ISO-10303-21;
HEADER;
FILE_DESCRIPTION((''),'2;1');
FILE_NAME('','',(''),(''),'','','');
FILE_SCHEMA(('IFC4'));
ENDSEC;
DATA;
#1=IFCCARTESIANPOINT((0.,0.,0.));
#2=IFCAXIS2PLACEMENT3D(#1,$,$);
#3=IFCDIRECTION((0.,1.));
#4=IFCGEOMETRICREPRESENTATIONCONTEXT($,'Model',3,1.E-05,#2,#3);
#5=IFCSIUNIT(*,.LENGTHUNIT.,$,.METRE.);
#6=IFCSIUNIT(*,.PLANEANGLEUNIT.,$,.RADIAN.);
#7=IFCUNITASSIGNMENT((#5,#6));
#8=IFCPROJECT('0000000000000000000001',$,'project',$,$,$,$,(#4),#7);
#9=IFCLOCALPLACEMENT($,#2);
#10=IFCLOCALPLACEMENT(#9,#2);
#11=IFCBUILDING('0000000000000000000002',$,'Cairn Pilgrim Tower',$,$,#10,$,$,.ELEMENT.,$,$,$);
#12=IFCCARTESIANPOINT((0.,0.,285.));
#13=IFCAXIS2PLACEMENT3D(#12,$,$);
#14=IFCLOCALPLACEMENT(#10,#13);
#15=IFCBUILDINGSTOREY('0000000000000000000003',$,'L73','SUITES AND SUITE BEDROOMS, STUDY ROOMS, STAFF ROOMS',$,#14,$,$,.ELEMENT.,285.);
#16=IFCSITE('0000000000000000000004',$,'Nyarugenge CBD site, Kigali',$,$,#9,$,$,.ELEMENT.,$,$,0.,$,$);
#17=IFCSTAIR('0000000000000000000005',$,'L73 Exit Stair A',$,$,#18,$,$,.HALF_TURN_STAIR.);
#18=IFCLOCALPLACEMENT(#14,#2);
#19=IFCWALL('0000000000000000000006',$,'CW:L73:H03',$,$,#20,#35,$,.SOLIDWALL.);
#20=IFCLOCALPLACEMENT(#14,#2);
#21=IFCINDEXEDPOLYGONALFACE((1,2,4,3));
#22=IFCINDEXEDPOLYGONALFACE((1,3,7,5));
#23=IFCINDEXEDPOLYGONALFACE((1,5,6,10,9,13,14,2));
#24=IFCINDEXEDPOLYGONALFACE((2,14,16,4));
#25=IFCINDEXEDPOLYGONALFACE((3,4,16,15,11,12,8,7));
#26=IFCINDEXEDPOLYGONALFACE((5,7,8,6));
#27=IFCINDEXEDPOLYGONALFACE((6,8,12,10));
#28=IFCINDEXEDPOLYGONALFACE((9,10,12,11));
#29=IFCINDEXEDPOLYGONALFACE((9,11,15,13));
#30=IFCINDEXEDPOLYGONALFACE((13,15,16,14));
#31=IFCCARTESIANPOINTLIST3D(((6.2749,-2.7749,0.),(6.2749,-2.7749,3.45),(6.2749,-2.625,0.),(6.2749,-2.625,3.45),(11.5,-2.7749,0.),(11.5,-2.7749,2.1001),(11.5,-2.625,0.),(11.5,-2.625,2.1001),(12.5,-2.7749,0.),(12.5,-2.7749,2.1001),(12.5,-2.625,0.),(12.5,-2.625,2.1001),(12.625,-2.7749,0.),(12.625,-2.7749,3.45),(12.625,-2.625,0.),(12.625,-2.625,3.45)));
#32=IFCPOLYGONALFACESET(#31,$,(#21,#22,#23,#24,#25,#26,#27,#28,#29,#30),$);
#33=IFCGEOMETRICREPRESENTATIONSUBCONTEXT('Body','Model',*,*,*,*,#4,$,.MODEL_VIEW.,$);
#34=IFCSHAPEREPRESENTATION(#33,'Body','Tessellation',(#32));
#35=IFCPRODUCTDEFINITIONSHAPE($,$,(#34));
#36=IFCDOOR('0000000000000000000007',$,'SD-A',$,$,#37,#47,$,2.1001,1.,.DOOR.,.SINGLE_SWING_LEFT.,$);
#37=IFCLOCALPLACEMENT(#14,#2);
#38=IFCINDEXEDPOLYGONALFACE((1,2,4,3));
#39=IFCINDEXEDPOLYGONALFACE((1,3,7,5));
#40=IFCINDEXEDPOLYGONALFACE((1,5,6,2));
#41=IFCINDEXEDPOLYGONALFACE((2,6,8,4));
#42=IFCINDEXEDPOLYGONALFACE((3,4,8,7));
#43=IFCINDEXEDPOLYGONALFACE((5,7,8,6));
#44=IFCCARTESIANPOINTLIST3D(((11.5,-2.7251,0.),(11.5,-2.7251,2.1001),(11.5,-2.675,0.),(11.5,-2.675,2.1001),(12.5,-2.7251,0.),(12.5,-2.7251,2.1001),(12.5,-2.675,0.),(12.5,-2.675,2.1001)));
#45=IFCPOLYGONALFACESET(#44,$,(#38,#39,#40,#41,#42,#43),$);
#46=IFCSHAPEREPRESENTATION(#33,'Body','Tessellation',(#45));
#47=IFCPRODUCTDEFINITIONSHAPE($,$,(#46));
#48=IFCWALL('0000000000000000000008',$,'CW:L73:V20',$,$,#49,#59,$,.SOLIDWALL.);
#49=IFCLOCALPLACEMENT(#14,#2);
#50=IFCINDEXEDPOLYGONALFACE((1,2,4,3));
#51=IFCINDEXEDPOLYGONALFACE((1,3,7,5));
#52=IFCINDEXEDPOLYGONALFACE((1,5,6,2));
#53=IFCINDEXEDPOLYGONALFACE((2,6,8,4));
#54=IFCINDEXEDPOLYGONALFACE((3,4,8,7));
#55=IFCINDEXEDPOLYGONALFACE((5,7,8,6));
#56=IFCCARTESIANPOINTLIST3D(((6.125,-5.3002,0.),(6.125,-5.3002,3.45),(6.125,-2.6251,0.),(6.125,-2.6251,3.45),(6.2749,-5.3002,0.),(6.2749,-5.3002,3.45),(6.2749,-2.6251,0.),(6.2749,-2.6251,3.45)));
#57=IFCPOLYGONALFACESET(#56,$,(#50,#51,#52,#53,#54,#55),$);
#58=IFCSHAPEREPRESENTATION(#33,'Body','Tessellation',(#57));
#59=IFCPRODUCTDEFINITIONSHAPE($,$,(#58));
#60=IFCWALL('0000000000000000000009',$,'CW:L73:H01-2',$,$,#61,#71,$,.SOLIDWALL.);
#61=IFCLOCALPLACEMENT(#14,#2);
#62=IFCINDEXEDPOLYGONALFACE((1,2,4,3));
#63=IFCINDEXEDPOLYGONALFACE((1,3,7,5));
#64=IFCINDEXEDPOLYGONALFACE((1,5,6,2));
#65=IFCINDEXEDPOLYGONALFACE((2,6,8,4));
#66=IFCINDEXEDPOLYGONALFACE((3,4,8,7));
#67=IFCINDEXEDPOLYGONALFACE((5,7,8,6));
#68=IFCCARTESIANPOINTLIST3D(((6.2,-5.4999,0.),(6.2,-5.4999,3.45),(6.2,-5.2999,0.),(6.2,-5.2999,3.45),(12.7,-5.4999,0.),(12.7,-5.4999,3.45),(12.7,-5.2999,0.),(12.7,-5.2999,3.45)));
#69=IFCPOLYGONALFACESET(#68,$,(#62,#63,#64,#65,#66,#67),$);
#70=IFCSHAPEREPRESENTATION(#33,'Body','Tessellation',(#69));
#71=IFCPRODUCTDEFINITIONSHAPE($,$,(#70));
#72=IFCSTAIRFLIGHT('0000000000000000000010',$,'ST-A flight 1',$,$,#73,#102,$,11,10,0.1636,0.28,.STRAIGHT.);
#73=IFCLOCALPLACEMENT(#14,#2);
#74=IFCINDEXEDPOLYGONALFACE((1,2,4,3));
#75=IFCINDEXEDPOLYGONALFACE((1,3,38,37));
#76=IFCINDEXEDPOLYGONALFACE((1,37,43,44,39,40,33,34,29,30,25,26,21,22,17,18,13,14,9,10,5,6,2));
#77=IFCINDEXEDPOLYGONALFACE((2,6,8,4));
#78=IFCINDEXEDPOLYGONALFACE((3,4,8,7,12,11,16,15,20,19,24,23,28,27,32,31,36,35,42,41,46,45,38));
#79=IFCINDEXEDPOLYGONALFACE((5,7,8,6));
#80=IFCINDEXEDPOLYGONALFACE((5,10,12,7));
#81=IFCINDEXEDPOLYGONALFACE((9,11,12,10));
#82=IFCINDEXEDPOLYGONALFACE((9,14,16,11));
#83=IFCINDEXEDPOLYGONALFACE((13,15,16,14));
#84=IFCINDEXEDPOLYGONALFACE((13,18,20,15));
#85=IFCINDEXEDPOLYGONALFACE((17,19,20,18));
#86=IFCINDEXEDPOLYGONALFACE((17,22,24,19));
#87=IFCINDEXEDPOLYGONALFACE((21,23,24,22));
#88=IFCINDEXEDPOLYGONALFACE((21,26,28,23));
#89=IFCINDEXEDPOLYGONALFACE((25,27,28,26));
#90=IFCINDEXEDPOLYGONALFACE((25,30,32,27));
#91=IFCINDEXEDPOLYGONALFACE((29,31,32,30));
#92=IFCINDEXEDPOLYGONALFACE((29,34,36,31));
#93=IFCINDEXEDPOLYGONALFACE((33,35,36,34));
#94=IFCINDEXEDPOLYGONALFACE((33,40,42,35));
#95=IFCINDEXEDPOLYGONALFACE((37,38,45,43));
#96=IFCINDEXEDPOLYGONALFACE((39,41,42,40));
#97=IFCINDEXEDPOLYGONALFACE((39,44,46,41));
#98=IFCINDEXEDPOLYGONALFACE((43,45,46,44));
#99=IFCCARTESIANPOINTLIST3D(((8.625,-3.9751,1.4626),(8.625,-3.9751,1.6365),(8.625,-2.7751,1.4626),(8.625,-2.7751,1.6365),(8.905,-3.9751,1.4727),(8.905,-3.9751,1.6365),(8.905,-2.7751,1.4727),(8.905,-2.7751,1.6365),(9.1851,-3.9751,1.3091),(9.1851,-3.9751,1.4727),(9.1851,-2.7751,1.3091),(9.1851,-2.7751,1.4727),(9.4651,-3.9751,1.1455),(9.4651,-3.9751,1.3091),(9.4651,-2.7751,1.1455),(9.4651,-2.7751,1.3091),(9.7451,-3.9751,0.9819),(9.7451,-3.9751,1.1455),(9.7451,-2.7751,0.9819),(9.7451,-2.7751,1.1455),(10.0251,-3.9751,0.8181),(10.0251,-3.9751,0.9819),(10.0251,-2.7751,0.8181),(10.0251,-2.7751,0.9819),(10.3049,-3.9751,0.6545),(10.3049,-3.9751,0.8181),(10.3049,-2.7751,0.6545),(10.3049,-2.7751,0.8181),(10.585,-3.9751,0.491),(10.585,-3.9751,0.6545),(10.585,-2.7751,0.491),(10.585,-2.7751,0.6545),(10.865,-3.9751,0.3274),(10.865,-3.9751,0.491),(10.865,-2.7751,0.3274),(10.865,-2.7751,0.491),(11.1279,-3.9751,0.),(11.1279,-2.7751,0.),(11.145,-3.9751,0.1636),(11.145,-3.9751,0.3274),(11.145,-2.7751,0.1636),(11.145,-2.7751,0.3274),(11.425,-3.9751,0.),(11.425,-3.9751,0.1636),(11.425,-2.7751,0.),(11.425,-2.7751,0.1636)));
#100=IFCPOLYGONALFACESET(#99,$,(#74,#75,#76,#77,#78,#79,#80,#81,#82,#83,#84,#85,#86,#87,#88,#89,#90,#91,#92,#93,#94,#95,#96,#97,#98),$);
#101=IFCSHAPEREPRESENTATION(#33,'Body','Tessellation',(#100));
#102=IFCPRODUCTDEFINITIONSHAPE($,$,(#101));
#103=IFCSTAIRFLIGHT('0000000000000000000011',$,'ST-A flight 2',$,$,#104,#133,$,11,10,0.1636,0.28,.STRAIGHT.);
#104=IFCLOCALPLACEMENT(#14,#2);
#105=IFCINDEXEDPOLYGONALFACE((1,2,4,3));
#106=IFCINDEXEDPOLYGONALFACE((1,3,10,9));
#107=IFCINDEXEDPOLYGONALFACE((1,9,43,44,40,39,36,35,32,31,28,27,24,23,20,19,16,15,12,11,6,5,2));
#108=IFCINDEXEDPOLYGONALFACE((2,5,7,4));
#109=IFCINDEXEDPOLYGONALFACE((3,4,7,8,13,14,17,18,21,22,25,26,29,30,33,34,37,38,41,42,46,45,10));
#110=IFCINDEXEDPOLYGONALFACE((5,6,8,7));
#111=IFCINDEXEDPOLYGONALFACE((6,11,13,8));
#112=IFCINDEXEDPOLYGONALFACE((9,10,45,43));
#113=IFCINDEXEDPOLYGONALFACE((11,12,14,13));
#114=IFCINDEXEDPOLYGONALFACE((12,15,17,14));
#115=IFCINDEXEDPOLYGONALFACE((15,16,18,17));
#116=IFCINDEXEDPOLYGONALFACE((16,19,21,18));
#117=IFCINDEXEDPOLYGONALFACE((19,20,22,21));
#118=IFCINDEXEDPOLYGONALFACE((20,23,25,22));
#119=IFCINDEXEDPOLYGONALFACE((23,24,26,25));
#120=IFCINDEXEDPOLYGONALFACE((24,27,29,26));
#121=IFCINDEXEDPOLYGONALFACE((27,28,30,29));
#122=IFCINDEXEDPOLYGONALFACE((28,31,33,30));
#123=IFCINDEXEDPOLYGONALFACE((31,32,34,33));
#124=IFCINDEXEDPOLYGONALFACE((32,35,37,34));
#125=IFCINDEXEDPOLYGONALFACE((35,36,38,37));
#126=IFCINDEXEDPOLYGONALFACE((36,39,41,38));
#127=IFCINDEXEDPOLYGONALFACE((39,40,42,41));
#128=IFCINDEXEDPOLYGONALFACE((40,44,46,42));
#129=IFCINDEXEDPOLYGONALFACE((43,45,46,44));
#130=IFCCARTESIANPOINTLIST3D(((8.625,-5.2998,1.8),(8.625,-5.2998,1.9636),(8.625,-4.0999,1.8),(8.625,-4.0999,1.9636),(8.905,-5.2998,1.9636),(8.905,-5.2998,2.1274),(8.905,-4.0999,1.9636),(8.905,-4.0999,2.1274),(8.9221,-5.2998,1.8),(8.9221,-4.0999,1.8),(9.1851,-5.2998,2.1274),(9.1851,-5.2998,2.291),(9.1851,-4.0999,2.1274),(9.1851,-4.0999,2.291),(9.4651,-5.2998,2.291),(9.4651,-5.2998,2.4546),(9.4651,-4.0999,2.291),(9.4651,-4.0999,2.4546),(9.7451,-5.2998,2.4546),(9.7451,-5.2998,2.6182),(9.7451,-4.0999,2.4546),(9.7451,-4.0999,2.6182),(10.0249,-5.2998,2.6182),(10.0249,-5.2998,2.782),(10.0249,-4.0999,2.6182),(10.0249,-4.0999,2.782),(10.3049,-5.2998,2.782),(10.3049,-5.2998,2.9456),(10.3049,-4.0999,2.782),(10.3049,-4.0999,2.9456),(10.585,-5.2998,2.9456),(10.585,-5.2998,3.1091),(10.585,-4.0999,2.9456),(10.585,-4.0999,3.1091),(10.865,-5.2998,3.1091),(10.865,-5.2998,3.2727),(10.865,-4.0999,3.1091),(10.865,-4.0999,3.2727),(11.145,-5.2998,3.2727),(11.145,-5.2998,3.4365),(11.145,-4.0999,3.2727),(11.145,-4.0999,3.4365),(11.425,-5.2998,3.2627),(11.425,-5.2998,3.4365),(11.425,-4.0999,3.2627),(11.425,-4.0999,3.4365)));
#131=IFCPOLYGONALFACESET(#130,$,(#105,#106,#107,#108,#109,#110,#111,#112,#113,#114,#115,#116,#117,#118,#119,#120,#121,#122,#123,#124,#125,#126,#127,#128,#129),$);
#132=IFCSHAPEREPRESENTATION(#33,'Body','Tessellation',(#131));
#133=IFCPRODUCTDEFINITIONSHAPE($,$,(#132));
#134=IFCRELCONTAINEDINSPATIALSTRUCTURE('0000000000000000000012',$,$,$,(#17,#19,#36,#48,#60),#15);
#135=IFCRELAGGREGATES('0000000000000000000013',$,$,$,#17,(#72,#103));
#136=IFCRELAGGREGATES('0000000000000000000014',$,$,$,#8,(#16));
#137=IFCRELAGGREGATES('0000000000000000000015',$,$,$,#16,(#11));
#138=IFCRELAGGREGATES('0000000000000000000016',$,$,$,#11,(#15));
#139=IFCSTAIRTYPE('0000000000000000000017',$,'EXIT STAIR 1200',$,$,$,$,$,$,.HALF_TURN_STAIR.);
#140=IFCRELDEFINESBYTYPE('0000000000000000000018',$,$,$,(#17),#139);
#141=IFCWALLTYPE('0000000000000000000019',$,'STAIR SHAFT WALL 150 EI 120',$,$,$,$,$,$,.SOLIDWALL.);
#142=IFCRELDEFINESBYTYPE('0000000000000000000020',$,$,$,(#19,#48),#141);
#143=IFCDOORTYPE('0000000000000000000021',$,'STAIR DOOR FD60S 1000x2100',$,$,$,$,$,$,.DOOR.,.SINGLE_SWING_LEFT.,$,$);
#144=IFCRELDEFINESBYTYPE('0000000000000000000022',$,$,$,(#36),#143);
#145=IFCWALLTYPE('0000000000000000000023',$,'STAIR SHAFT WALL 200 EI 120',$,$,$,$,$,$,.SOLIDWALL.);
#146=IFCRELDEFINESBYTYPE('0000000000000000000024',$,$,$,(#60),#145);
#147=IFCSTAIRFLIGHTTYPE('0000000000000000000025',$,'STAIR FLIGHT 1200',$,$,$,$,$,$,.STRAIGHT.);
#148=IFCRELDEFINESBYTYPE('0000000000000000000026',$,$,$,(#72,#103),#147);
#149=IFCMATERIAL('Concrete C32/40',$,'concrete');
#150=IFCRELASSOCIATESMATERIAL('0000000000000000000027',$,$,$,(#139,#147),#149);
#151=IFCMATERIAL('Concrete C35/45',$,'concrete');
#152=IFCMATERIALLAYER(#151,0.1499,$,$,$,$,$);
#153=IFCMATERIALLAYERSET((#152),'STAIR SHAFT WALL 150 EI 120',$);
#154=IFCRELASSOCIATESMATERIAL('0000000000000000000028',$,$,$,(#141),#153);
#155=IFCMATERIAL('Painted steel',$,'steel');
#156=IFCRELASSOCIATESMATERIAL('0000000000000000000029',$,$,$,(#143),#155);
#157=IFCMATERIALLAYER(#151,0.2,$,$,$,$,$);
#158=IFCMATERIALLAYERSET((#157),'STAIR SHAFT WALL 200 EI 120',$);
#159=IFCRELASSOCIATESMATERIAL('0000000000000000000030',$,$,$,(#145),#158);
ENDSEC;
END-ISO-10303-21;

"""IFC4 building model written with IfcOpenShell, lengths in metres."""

from ifc_helpers import new_model, si_unit, direction, frame, frame_2d, origin, place, context, subcontext, project, spatial, polyline, rectangle, outline, extrude, material, layer, layer_set, type_object, element, fill, aggregate, save


model = new_model("IFC4")

# Units and contexts
model_context = context("Model", 3, precision=1e-05, world=origin(), true_north=direction((0.0, 1.0)))
body_context = subcontext(model_context, "Body", "Model", "MODEL_VIEW")
ifc_project = project(units=[si_unit("LENGTHUNIT", "METRE"), si_unit("PLANEANGLEUNIT", "RADIAN")], contexts=[model_context])

# Site, building, storey
site_placement = place(None, origin())
site = spatial("IfcSite", under=ifc_project, at=site_placement, Name="Nyarugenge CBD site, Kigali", CompositionType="ELEMENT", RefElevation=0.0)
building_placement = place(site_placement, origin())
building = spatial("IfcBuilding", under=site, at=building_placement, Name="Cairn Pilgrim Tower", CompositionType="ELEMENT")
storey_placement = place(building_placement, frame((0.0, 0.0, 285.0)))
storey = spatial("IfcBuildingStorey", under=building, at=storey_placement, Name="L73", Description="SUITES AND SUITE BEDROOMS, STUDY ROOMS, STAFF ROOMS", CompositionType="ELEMENT", Elevation=285.0)

# Shared definitions
ifc_material_1 = material(Name="Concrete C35/45", Category="concrete")

# Stair
ifc_material_2 = material(Name="Concrete C32/40", Category="concrete")
stair_type = type_object("IfcStairType", Name="EXIT STAIR 1200", PredefinedType="HALF_TURN_STAIR", material=ifc_material_2)
stair_placement = place(storey_placement, origin())
stair = element("IfcStair", 1, at=stair_placement, inside=storey, type_object=stair_type, Name="L73 Exit Stair A", PredefinedType="HALF_TURN_STAIR")

# Shared definitions
ifc_material_3 = material(Name="Painted steel", Category="steel")

# Wall, opening, door
ifc_layer_1 = layer(ifc_material_1, 0.1499)
ifc_layer_set_1 = layer_set([ifc_layer_1], Name="STAIR SHAFT WALL 150 EI 120")
wall_type_1 = type_object("IfcWallType", Name="STAIR SHAFT WALL 150 EI 120", PredefinedType="SOLIDWALL", material=ifc_layer_set_1)
wall_1_placement = place(storey_placement, frame((6.2749, -2.7, 0.0), z_axis=(0.0, 0.0, 1.0), x_axis=(1.0, 0.0, 0.0)))
wall_1 = element("IfcWall", 2, at=wall_1_placement, inside=storey, type_object=wall_type_1, Name="CW:L73:H03", PredefinedType="SOLIDWALL", context=body_context, shape_type="SweptSolid", body=[
    extrude(rectangle(XDim=6.3501, YDim=0.1499, at=frame_2d((3.175, 0.0))), origin(), (0.0, 0.0, 1.0), 3.45),
])
opening_1_placement = place(wall_1_placement, frame((5.2251, 0.0, 0.0)))
opening_1 = element("IfcOpeningElement", 3, at=opening_1_placement, cuts=wall_1, PredefinedType="OPENING", context=body_context, shape_type="SweptSolid", body=[
    extrude(rectangle(XDim=1.0, YDim=2.1001, at=frame_2d((0.5, 1.05))), frame((0.0, 0.085, 0.0), z_axis=(0.0, -1.0, 0.0), x_axis=(1.0, 0.0, 0.0)), (0.0, 0.0, 1.0), 0.1699),
])
door_type_1 = type_object("IfcDoorType", Name="STAIR DOOR FD60S 1000x2100", OperationType="SINGLE_SWING_LEFT", PredefinedType="DOOR", material=ifc_material_3)
door_1_placement = place(opening_1_placement, origin())
door_1 = element("IfcDoor", 4, at=door_1_placement, inside=storey, type_object=door_type_1, Name="SD-A", OperationType="SINGLE_SWING_LEFT", OverallHeight=2.1001, OverallWidth=1.0, PredefinedType="DOOR", context=body_context, shape_type="SweptSolid", body=[
    extrude(rectangle(XDim=1.0, YDim=2.1001, at=frame_2d((0.5, 1.05))), frame((0.0, 0.0249, 0.0), z_axis=(0.0, -1.0, 0.0), x_axis=(1.0, 0.0, 0.0)), (0.0, 0.0, 1.0), 0.05),
])
fill(opening_1, door_1)

# Walls
wall_2_placement = place(storey_placement, frame((6.2, -5.3, 0.0), z_axis=(0.0, 0.0, 1.0), x_axis=(0.0, 1.0, 0.0)))
element("IfcWall", 5, at=wall_2_placement, inside=storey, type_object=wall_type_1, Name="CW:L73:V20", PredefinedType="SOLIDWALL", context=body_context, shape_type="SweptSolid", body=[
    extrude(rectangle(XDim=2.675, YDim=0.1499, at=frame_2d((1.3374, 0.0))), origin(), (0.0, 0.0, 1.0), 3.45),
])
ifc_layer_2 = layer(ifc_material_1, 0.2)
ifc_layer_set_2 = layer_set([ifc_layer_2], Name="STAIR SHAFT WALL 200 EI 120")
wall_type_2 = type_object("IfcWallType", Name="STAIR SHAFT WALL 200 EI 120", PredefinedType="SOLIDWALL", material=ifc_layer_set_2)
wall_3_placement = place(storey_placement, frame((6.2, -5.3999, 0.0), z_axis=(0.0, 0.0, 1.0), x_axis=(1.0, 0.0, 0.0)))
element("IfcWall", 6, at=wall_3_placement, inside=storey, type_object=wall_type_2, Name="CW:L73:H01-2", PredefinedType="SOLIDWALL", context=body_context, shape_type="SweptSolid", body=[
    extrude(rectangle(XDim=6.5, YDim=0.2, at=frame_2d((3.25, 0.0))), origin(), (0.0, 0.0, 1.0), 3.45),
])

# Stair flights
stair_flight_type = type_object("IfcStairFlightType", Name="STAIR FLIGHT 1200", PredefinedType="STRAIGHT", material=ifc_material_2)
stair_flight_1_placement = place(storey_placement, frame((11.425, -3.375, 0.0), z_axis=(0.0, 0.0, 1.0), x_axis=(-1.0, 0.0, 0.0)))
stair_flight_1 = element("IfcStairFlight", 7, at=stair_flight_1_placement, type_object=stair_flight_type, Name="ST-A flight 1", NumberOfRisers=11, NumberOfTreads=10, PredefinedType="STRAIGHT", RiserHeight=0.1636, TreadLength=0.28, context=body_context, shape_type="SweptSolid", body=[
    extrude(outline(polyline([(0.0, 0.0), (0.0, 0.1636), (0.28, 0.1636), (0.28, 0.3274), (0.5601, 0.3274), (0.5601, 0.491), (0.8401, 0.491), (0.8401, 0.6545), (1.1201, 0.6545), (1.1201, 0.8181), (1.3999, 0.8181), (1.3999, 0.9819), (1.6799, 0.9819), (1.6799, 1.1455), (1.96, 1.1455), (1.96, 1.3091), (2.24, 1.3091), (2.24, 1.4727), (2.52, 1.4727), (2.52, 1.6365), (2.8, 1.6365), (2.8, 1.8), (2.8, 1.4626), (0.2971, 0.0), (0.0, 0.0)])), frame((0.0, 0.6001, 0.0), z_axis=(0.0, -1.0, 0.0), x_axis=(1.0, 0.0, 0.0)), (0.0, 0.0, 1.0), 1.2),
])
stair_flight_2_placement = place(storey_placement, frame((8.625, -4.7, 1.8), z_axis=(0.0, 0.0, 1.0), x_axis=(1.0, 0.0, 0.0)))
stair_flight_2 = element("IfcStairFlight", 8, at=stair_flight_2_placement, type_object=stair_flight_type, Name="ST-A flight 2", NumberOfRisers=11, NumberOfTreads=10, PredefinedType="STRAIGHT", RiserHeight=0.1636, TreadLength=0.28, context=body_context, shape_type="SweptSolid", body=[
    extrude(outline(polyline([(0.0, 0.0), (0.0, 0.1636), (0.28, 0.1636), (0.28, 0.3274), (0.5601, 0.3274), (0.5601, 0.491), (0.8401, 0.491), (0.8401, 0.6545), (1.1201, 0.6545), (1.1201, 0.8181), (1.3999, 0.8181), (1.3999, 0.9819), (1.6799, 0.9819), (1.6799, 1.1455), (1.96, 1.1455), (1.96, 1.3091), (2.24, 1.3091), (2.24, 1.4727), (2.52, 1.4727), (2.52, 1.6365), (2.8, 1.6365), (2.8, 1.8), (2.8, 1.4626), (0.2971, 0.0), (0.0, 0.0)])), frame((0.0, 0.6001, 0.0), z_axis=(0.0, -1.0, 0.0), x_axis=(1.0, 0.0, 0.0)), (0.0, 0.0, 1.0), 1.2),
])
aggregate(stair, [stair_flight_1, stair_flight_2])

save(model, "model.ifc")
